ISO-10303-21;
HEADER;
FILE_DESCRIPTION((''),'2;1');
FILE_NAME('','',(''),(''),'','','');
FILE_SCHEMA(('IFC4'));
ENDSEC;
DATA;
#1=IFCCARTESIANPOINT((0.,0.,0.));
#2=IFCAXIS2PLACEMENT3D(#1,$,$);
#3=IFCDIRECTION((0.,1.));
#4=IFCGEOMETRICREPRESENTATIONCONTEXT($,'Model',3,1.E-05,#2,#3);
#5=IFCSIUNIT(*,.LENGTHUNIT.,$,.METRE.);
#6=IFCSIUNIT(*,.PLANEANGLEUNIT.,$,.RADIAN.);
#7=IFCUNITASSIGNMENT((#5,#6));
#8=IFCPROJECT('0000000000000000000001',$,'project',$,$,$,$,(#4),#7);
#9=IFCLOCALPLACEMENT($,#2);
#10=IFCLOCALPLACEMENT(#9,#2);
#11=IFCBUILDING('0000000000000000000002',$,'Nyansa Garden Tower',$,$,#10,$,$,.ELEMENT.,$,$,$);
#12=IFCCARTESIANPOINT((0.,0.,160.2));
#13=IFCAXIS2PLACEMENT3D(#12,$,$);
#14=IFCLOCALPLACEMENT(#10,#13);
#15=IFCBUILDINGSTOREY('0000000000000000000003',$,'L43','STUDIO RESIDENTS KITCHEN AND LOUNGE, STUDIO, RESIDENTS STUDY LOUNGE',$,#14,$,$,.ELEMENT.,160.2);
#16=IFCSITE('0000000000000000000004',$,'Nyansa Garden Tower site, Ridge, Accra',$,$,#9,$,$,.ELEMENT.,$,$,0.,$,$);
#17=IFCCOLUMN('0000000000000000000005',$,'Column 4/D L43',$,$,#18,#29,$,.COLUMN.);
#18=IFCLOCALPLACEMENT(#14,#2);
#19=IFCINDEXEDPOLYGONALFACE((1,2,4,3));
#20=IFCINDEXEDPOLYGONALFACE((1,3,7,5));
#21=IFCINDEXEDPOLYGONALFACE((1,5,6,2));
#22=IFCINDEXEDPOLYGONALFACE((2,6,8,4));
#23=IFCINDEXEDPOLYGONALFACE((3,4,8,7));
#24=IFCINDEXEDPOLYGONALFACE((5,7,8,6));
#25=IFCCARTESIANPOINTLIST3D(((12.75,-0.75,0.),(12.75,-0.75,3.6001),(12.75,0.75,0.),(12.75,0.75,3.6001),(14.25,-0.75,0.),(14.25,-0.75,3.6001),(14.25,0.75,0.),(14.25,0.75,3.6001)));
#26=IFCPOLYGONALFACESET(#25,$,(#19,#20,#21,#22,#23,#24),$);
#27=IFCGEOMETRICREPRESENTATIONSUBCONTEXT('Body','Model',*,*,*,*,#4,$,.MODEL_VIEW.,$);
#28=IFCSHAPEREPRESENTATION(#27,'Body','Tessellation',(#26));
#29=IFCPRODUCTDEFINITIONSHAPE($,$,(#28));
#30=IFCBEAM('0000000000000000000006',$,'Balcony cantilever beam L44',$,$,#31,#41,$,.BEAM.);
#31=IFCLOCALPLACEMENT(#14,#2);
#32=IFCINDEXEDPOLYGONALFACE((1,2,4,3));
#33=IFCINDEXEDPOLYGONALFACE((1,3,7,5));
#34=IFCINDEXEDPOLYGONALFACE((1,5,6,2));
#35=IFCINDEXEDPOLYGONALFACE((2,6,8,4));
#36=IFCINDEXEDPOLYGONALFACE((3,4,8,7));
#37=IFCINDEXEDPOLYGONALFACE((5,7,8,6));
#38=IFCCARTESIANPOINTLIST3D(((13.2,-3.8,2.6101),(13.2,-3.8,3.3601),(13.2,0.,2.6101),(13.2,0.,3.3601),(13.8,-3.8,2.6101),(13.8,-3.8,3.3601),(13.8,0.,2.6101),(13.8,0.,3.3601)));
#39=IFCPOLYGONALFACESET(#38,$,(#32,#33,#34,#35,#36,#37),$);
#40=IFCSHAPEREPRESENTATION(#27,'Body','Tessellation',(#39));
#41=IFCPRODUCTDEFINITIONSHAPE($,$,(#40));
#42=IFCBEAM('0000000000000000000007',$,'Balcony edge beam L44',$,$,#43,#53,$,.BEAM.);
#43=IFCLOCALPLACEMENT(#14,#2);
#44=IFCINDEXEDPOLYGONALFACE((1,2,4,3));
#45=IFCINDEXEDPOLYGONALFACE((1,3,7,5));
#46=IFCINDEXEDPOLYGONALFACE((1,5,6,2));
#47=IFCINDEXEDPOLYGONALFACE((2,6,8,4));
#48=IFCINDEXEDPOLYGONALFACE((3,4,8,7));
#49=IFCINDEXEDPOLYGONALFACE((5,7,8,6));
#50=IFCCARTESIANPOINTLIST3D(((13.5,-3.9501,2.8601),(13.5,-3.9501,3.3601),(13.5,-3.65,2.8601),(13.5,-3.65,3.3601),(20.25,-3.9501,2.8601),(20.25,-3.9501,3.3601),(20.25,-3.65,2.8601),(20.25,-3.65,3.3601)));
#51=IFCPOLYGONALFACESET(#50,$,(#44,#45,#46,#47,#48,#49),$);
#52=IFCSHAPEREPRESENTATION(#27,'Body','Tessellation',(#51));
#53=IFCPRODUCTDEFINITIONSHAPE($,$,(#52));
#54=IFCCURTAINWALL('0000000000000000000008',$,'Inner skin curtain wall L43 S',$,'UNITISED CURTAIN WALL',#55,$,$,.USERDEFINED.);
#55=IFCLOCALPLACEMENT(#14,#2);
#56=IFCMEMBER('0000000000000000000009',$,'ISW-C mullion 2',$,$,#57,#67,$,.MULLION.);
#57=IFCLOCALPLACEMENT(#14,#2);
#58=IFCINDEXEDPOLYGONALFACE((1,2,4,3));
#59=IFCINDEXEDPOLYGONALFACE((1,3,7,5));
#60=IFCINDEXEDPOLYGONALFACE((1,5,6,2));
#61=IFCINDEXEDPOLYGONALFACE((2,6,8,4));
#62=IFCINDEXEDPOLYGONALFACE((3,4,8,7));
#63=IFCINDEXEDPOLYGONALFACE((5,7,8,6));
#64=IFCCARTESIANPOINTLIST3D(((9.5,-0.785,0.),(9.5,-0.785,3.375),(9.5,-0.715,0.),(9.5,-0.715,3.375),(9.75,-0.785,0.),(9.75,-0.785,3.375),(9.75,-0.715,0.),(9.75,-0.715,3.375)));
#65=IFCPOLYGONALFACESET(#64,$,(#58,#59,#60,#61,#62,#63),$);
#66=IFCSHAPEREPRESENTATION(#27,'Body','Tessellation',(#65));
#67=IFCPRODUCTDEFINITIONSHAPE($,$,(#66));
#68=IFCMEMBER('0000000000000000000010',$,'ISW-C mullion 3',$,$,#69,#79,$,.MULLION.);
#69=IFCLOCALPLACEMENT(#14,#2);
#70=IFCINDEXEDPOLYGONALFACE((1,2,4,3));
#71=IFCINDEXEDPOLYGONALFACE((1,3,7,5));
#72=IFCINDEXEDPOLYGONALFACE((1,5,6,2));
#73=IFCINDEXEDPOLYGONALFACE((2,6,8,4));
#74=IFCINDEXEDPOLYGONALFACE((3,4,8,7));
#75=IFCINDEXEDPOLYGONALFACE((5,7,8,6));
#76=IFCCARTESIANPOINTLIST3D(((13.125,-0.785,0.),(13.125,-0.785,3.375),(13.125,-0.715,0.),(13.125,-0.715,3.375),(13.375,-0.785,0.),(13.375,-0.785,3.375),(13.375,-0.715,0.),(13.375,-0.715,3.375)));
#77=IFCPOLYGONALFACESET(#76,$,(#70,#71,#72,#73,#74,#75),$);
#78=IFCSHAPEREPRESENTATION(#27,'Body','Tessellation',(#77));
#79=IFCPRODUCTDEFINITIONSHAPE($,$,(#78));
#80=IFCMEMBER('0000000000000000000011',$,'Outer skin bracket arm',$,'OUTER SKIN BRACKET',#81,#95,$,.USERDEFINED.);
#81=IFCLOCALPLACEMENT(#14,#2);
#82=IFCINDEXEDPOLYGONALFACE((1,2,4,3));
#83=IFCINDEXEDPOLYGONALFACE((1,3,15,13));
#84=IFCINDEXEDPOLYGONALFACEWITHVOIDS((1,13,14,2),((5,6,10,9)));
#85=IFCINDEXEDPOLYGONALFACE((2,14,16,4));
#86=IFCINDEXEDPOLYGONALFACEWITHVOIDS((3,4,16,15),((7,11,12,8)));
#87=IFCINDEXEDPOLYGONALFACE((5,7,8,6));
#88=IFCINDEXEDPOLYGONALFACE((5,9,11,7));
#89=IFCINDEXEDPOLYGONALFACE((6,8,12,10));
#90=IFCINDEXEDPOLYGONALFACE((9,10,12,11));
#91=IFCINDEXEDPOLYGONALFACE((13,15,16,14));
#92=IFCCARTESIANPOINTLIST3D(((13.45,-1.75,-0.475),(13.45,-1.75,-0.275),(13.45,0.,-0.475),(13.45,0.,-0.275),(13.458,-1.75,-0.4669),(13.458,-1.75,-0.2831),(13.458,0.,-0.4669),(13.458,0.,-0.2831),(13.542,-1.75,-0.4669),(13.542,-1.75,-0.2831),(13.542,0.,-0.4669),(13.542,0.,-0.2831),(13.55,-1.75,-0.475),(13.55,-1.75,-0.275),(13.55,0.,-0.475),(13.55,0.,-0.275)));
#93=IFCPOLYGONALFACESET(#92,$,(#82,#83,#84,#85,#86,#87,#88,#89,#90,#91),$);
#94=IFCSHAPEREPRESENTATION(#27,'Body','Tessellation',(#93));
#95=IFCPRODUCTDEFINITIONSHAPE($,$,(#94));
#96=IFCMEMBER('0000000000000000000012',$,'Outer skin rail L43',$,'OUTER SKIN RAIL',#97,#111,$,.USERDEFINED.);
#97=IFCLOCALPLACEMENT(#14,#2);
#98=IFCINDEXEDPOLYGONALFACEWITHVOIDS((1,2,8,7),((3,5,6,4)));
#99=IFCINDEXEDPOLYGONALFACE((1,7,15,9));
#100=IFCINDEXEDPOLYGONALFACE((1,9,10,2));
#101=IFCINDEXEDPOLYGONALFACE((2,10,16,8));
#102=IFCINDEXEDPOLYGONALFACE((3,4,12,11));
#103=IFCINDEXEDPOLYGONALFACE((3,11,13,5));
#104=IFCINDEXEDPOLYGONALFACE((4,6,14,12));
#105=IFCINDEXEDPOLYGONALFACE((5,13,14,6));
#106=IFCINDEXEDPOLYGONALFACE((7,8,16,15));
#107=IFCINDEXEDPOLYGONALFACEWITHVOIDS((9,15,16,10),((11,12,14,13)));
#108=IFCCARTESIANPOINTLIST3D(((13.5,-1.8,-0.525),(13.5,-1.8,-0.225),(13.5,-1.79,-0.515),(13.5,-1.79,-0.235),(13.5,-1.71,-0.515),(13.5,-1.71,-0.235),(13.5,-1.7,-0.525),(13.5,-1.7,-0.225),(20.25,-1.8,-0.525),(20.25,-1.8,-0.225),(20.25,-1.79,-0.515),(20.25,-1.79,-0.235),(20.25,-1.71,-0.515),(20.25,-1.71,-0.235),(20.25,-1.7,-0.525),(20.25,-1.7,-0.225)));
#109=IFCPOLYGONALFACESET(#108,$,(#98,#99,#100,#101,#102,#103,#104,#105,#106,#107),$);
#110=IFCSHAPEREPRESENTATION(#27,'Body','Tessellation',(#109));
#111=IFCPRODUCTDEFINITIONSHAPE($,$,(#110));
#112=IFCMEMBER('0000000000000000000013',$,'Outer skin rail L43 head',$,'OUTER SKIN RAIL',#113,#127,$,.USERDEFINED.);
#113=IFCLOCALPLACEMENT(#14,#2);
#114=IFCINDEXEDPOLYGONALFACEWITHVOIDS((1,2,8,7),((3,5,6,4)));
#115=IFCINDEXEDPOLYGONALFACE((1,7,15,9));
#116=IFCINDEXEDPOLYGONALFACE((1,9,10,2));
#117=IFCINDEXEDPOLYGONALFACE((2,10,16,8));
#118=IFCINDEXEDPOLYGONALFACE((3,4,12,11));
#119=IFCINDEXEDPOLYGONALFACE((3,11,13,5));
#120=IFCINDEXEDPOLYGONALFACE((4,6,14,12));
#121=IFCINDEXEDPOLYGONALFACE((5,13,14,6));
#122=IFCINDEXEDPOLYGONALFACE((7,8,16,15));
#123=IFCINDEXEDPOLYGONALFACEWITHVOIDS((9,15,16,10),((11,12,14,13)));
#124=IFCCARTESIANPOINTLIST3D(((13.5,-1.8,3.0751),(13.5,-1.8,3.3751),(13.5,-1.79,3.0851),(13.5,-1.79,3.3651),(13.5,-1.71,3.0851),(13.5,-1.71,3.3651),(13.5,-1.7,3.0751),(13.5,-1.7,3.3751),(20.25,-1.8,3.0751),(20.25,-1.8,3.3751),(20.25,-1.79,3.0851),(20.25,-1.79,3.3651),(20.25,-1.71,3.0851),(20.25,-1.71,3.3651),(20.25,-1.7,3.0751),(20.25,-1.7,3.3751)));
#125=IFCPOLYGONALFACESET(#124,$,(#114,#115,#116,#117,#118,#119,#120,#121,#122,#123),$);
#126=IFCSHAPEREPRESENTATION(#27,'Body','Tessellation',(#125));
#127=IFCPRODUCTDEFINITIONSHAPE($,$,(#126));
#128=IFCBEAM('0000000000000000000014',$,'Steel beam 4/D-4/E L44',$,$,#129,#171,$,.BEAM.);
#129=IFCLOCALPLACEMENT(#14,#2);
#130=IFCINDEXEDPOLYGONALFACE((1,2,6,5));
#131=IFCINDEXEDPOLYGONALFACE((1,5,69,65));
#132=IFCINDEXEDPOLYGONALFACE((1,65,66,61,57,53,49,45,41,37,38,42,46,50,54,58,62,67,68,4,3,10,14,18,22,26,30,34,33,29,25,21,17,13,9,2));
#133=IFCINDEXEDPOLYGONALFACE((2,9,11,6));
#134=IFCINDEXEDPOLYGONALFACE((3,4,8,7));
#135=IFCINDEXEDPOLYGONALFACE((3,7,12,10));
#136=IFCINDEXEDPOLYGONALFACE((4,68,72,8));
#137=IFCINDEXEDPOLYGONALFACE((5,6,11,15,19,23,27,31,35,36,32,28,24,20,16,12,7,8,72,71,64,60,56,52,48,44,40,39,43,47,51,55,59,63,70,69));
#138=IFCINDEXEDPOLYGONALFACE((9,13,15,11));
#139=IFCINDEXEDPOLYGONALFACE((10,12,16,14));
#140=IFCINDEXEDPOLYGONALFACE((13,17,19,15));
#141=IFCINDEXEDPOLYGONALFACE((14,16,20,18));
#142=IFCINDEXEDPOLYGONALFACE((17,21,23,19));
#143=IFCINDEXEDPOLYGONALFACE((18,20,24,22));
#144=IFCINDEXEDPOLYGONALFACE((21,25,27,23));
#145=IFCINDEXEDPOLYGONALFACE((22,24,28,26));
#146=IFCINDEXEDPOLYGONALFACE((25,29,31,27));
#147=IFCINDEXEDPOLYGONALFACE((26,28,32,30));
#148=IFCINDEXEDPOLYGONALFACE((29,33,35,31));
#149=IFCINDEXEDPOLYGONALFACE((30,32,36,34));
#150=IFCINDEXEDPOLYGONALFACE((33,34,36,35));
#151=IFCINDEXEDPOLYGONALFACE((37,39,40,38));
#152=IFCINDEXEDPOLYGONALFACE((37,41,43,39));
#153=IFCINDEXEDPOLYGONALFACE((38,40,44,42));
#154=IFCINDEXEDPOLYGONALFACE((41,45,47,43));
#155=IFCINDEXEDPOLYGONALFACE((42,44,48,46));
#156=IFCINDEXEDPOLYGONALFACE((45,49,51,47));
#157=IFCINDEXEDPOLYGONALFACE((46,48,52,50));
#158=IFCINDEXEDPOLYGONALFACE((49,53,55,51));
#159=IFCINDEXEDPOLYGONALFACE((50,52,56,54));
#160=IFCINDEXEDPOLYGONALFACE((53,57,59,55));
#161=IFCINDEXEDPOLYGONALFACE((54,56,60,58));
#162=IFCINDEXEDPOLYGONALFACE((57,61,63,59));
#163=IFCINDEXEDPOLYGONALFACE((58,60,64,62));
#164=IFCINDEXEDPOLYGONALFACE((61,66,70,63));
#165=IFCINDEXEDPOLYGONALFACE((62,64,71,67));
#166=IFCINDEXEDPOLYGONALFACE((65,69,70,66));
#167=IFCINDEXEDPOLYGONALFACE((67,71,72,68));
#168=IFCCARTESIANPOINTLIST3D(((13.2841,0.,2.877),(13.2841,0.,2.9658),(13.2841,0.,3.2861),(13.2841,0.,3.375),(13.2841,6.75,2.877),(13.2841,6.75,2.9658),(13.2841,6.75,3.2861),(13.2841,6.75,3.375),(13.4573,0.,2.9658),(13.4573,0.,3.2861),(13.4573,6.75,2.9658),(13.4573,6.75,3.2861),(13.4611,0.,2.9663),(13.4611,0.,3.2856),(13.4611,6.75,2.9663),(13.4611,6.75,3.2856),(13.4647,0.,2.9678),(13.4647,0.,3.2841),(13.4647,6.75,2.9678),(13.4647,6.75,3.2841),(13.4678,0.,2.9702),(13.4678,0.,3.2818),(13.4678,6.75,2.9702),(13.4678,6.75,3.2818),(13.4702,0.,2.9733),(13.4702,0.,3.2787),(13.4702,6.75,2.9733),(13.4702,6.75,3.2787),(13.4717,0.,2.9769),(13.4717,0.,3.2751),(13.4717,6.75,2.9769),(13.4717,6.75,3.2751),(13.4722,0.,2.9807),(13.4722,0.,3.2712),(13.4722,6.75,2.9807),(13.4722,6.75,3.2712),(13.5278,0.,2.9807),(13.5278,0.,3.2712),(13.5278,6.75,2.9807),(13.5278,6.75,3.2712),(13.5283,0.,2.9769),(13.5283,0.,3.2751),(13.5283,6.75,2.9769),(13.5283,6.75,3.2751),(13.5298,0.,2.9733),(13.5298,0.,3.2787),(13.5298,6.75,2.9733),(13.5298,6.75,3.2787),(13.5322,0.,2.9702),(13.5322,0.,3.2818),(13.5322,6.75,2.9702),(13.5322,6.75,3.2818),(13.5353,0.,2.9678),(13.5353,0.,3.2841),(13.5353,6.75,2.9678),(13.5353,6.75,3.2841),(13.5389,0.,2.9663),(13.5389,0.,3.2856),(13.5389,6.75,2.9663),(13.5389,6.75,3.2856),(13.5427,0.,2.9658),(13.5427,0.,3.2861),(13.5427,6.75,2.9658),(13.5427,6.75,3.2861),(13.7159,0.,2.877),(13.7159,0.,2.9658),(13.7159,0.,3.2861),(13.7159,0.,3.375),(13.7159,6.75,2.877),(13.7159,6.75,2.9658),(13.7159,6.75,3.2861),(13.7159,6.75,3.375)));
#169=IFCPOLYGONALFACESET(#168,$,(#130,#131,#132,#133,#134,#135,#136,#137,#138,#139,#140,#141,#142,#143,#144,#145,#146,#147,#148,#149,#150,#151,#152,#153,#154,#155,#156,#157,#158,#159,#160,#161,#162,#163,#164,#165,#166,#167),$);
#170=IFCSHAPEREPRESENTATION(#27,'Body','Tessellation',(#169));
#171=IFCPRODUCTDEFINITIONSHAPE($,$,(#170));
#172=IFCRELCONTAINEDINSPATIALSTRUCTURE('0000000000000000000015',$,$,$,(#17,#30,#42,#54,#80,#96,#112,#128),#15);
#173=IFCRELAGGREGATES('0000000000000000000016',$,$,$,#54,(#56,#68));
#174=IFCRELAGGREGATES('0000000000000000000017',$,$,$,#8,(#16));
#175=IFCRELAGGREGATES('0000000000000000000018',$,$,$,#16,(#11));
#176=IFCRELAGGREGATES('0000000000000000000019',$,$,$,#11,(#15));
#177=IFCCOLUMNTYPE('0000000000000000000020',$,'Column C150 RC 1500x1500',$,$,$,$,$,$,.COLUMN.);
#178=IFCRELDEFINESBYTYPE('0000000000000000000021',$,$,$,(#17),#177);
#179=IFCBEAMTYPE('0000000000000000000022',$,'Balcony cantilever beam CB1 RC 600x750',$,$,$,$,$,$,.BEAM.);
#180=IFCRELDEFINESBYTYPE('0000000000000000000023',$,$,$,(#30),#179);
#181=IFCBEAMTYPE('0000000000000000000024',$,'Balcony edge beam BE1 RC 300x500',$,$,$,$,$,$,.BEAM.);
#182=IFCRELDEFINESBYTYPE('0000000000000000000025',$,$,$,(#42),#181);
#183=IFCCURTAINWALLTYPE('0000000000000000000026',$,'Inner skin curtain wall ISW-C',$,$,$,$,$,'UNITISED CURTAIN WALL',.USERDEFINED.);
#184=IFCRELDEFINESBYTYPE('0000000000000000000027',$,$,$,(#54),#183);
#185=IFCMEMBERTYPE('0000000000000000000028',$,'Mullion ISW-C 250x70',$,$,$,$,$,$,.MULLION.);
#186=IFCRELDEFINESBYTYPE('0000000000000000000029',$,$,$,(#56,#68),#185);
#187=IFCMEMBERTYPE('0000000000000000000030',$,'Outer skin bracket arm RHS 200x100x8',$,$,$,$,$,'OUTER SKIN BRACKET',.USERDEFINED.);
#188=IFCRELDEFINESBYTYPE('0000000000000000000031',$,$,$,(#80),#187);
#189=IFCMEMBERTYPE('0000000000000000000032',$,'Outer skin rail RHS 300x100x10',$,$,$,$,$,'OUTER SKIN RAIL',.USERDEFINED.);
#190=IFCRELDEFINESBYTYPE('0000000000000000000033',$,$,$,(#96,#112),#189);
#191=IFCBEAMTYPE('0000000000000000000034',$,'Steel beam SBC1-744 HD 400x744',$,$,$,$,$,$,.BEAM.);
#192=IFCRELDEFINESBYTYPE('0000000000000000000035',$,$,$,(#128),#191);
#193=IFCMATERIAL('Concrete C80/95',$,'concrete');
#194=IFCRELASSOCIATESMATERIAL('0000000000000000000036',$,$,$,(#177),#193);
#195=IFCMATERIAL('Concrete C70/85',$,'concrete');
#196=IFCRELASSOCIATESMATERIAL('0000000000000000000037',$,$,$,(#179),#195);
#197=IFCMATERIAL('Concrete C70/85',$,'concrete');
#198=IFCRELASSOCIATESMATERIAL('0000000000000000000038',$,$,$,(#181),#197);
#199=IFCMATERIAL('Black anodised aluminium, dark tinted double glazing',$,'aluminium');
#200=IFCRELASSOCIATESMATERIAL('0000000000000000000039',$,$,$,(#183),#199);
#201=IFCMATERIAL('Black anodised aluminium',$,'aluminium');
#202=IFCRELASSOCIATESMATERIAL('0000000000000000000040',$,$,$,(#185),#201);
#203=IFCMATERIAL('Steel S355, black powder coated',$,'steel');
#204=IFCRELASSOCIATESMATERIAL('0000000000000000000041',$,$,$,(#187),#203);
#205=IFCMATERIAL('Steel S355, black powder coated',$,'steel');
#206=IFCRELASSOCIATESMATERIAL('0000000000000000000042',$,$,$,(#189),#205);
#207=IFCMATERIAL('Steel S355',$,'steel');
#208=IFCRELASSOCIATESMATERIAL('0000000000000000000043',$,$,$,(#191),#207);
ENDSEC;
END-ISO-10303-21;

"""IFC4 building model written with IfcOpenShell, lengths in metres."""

from ifc_helpers import new_model, si_unit, direction, frame, origin, origin_2d, place, context, subcontext, project, spatial, rectangle, hollow_rectangle, i_section, extrude, material, material_profile, profile_set, type_object, element, aggregate, save


model = new_model("IFC4")

# Units and contexts
model_context = context("Model", 3, precision=1e-05, world=origin(), true_north=direction((0.0, 1.0)))
body_context = subcontext(model_context, "Body", "Model", "MODEL_VIEW")
ifc_project = project(units=[si_unit("LENGTHUNIT", "METRE"), si_unit("PLANEANGLEUNIT", "RADIAN")], contexts=[model_context])

# Site, building, storey
site_placement = place(None, origin())
site = spatial("IfcSite", under=ifc_project, at=site_placement, Name="Nyansa Garden Tower site, Ridge, Accra", CompositionType="ELEMENT", RefElevation=0.0)
building_placement = place(site_placement, origin())
building = spatial("IfcBuilding", under=site, at=building_placement, Name="Nyansa Garden Tower", CompositionType="ELEMENT")
storey_placement = place(building_placement, frame((0.0, 0.0, 160.2)))
storey = spatial("IfcBuildingStorey", under=building, at=storey_placement, Name="L43", Description="STUDIO RESIDENTS KITCHEN AND LOUNGE, STUDIO, RESIDENTS STUDY LOUNGE", CompositionType="ELEMENT", Elevation=160.2)

# Column
ifc_material_1 = material(Name="Concrete C80/95", Category="concrete")
ifc_material_profile_1 = material_profile(ifc_material_1, rectangle(XDim=1.5, YDim=1.5, at=origin_2d()), Name="RC 1500x1500")
ifc_profile_set_1 = profile_set([ifc_material_profile_1], Name="Concrete C80/95")
column_type = type_object("IfcColumnType", Name="Column C150 RC 1500x1500", PredefinedType="COLUMN", material=ifc_profile_set_1)
column_placement = place(storey_placement, frame((13.5, 0.0, 0.0), z_axis=(0.0, 0.0, 1.0), x_axis=(1.0, 0.0, 0.0)))
element("IfcColumn", 1, at=column_placement, inside=storey, type_object=column_type, Name="Column 4/D L43", PredefinedType="COLUMN", context=body_context, shape_type="SweptSolid", body=[
    extrude(rectangle(XDim=1.5, YDim=1.5, at=origin_2d()), origin(), (0.0, 0.0, 1.0), 3.6001),
])

# Beams
ifc_material_2 = material(Name="Concrete C70/85", Category="concrete")
ifc_material_profile_2 = material_profile(ifc_material_2, rectangle(XDim=0.6001, YDim=0.75, at=origin_2d()), Name="RC 600x750")
ifc_profile_set_2 = profile_set([ifc_material_profile_2], Name="Concrete C70/85")
beam_type_1 = type_object("IfcBeamType", Name="Balcony cantilever beam CB1 RC 600x750", PredefinedType="BEAM", material=ifc_profile_set_2)
beam_1_placement = place(storey_placement, frame((13.5, 0.0, 2.9851), z_axis=(0.0, -1.0, 0.0), x_axis=(1.0, 0.0, 0.0)))
element("IfcBeam", 2, at=beam_1_placement, inside=storey, type_object=beam_type_1, Name="Balcony cantilever beam L44", PredefinedType="BEAM", context=body_context, shape_type="SweptSolid", body=[
    extrude(rectangle(XDim=0.6001, YDim=0.75, at=origin_2d()), origin(), (0.0, 0.0, 1.0), 3.8),
])
ifc_material_3 = material(Name="Concrete C70/85", Category="concrete")
ifc_material_profile_3 = material_profile(ifc_material_3, rectangle(XDim=0.3, YDim=0.5, at=origin_2d()), Name="RC 300x500")
ifc_profile_set_3 = profile_set([ifc_material_profile_3], Name="Concrete C70/85")
beam_type_2 = type_object("IfcBeamType", Name="Balcony edge beam BE1 RC 300x500", PredefinedType="BEAM", material=ifc_profile_set_3)
beam_2_placement = place(storey_placement, frame((13.5, -3.8, 3.1101), z_axis=(1.0, 0.0, 0.0), x_axis=(0.0, 1.0, 0.0)))
element("IfcBeam", 3, at=beam_2_placement, inside=storey, type_object=beam_type_2, Name="Balcony edge beam L44", PredefinedType="BEAM", context=body_context, shape_type="SweptSolid", body=[
    extrude(rectangle(XDim=0.3, YDim=0.5, at=origin_2d()), origin(), (0.0, 0.0, 1.0), 6.75),
])

# Curtain wall, members
ifc_material_4 = material(Name="Black anodised aluminium, dark tinted double glazing", Category="aluminium")
curtain_wall_type = type_object("IfcCurtainWallType", Name="Inner skin curtain wall ISW-C", ElementType="UNITISED CURTAIN WALL", PredefinedType="USERDEFINED", material=ifc_material_4)
curtain_wall_placement = place(storey_placement, origin())
curtain_wall = element("IfcCurtainWall", 4, at=curtain_wall_placement, inside=storey, type_object=curtain_wall_type, Name="Inner skin curtain wall L43 S", ObjectType="UNITISED CURTAIN WALL", PredefinedType="USERDEFINED")
ifc_material_5 = material(Name="Black anodised aluminium", Category="aluminium")
ifc_material_profile_4 = material_profile(ifc_material_5, rectangle(XDim=0.0701, YDim=0.25, at=origin_2d()), Name="Mullion 250x70")
ifc_profile_set_4 = profile_set([ifc_material_profile_4], Name="Black anodised aluminium")
member_type_1 = type_object("IfcMemberType", Name="Mullion ISW-C 250x70", PredefinedType="MULLION", material=ifc_profile_set_4)
member_1_placement = place(storey_placement, frame((9.625, -0.75, 0.0), z_axis=(0.0, 0.0, 1.0), x_axis=(0.0, 1.0, 0.0)))
member_1 = element("IfcMember", 5, at=member_1_placement, type_object=member_type_1, Name="ISW-C mullion 2", PredefinedType="MULLION", context=body_context, shape_type="SweptSolid", body=[
    extrude(rectangle(XDim=0.0701, YDim=0.25, at=origin_2d()), origin(), (0.0, 0.0, 1.0), 3.375),
])
member_2_placement = place(storey_placement, frame((13.25, -0.75, 0.0), z_axis=(0.0, 0.0, 1.0), x_axis=(0.0, 1.0, 0.0)))
member_2 = element("IfcMember", 6, at=member_2_placement, type_object=member_type_1, Name="ISW-C mullion 3", PredefinedType="MULLION", context=body_context, shape_type="SweptSolid", body=[
    extrude(rectangle(XDim=0.0701, YDim=0.25, at=origin_2d()), origin(), (0.0, 0.0, 1.0), 3.375),
])

# Members
ifc_material_6 = material(Name="Steel S355, black powder coated", Category="steel")
ifc_material_profile_5 = material_profile(ifc_material_6, hollow_rectangle(XDim=0.1001, YDim=0.2, WallThickness=0.0081, at=origin_2d()), Name="RHS 200x100x8")
ifc_profile_set_5 = profile_set([ifc_material_profile_5], Name="Steel S355, black powder coated")
member_type_2 = type_object("IfcMemberType", Name="Outer skin bracket arm RHS 200x100x8", ElementType="OUTER SKIN BRACKET", PredefinedType="USERDEFINED", material=ifc_profile_set_5)
member_3_placement = place(storey_placement, frame((13.5, 0.0, -0.375), z_axis=(0.0, -1.0, 0.0), x_axis=(1.0, 0.0, 0.0)))
element("IfcMember", 7, at=member_3_placement, inside=storey, type_object=member_type_2, Name="Outer skin bracket arm", ObjectType="OUTER SKIN BRACKET", PredefinedType="USERDEFINED", context=body_context, shape_type="SweptSolid", body=[
    extrude(hollow_rectangle(XDim=0.1001, YDim=0.2, WallThickness=0.0081, at=origin_2d()), origin(), (0.0, 0.0, 1.0), 1.75),
])
ifc_material_7 = material(Name="Steel S355, black powder coated", Category="steel")
ifc_material_profile_6 = material_profile(ifc_material_7, hollow_rectangle(XDim=0.1001, YDim=0.3, WallThickness=0.01, at=origin_2d()), Name="RHS 300x100x10")
ifc_profile_set_6 = profile_set([ifc_material_profile_6], Name="Steel S355, black powder coated")
member_type_3 = type_object("IfcMemberType", Name="Outer skin rail RHS 300x100x10", ElementType="OUTER SKIN RAIL", PredefinedType="USERDEFINED", material=ifc_profile_set_6)
for number, where, z_axis, x_axis, name in (
    (8, (13.5, -1.75, -0.375), (1.0, 0.0, 0.0), (0.0, 1.0, 0.0), "Outer skin rail L43"),
    (9, (13.5, -1.75, 3.2251), (1.0, 0.0, 0.0), (0.0, 1.0, 0.0), "Outer skin rail L43 head"),
):
    element("IfcMember", number, at=place(storey_placement, frame(where, z_axis=z_axis, x_axis=x_axis)), inside=storey, type_object=member_type_3, Name=name, ObjectType="OUTER SKIN RAIL", PredefinedType="USERDEFINED", context=body_context, shape_type="SweptSolid", body=[
        extrude(hollow_rectangle(XDim=0.1001, YDim=0.3, WallThickness=0.01, at=origin_2d()), origin(), (0.0, 0.0, 1.0), 6.75),
    ])

# Beam
ifc_material_8 = material(Name="Steel S355", Category="steel")
ifc_material_profile_7 = material_profile(ifc_material_8, i_section(OverallWidth=0.4319, OverallDepth=0.498, WebThickness=0.0557, FlangeThickness=0.0889, FilletRadius=0.0149, at=origin_2d()), Name="HD 400x744")
ifc_profile_set_7 = profile_set([ifc_material_profile_7], Name="Steel S355")
beam_type_3 = type_object("IfcBeamType", Name="Steel beam SBC1-744 HD 400x744", PredefinedType="BEAM", material=ifc_profile_set_7)
beam_3_placement = place(storey_placement, frame((13.5, 0.0, 3.126), z_axis=(0.0, 1.0, 0.0), x_axis=(-1.0, 0.0, 0.0)))
element("IfcBeam", 10, at=beam_3_placement, inside=storey, type_object=beam_type_3, Name="Steel beam 4/D-4/E L44", PredefinedType="BEAM", context=body_context, shape_type="SweptSolid", body=[
    extrude(i_section(OverallWidth=0.4319, OverallDepth=0.498, WebThickness=0.0557, FlangeThickness=0.0889, FilletRadius=0.0149, at=origin_2d()), origin(), (0.0, 0.0, 1.0), 6.75),
])

aggregate(curtain_wall, [member_1, member_2])

save(model, "model.ifc")
